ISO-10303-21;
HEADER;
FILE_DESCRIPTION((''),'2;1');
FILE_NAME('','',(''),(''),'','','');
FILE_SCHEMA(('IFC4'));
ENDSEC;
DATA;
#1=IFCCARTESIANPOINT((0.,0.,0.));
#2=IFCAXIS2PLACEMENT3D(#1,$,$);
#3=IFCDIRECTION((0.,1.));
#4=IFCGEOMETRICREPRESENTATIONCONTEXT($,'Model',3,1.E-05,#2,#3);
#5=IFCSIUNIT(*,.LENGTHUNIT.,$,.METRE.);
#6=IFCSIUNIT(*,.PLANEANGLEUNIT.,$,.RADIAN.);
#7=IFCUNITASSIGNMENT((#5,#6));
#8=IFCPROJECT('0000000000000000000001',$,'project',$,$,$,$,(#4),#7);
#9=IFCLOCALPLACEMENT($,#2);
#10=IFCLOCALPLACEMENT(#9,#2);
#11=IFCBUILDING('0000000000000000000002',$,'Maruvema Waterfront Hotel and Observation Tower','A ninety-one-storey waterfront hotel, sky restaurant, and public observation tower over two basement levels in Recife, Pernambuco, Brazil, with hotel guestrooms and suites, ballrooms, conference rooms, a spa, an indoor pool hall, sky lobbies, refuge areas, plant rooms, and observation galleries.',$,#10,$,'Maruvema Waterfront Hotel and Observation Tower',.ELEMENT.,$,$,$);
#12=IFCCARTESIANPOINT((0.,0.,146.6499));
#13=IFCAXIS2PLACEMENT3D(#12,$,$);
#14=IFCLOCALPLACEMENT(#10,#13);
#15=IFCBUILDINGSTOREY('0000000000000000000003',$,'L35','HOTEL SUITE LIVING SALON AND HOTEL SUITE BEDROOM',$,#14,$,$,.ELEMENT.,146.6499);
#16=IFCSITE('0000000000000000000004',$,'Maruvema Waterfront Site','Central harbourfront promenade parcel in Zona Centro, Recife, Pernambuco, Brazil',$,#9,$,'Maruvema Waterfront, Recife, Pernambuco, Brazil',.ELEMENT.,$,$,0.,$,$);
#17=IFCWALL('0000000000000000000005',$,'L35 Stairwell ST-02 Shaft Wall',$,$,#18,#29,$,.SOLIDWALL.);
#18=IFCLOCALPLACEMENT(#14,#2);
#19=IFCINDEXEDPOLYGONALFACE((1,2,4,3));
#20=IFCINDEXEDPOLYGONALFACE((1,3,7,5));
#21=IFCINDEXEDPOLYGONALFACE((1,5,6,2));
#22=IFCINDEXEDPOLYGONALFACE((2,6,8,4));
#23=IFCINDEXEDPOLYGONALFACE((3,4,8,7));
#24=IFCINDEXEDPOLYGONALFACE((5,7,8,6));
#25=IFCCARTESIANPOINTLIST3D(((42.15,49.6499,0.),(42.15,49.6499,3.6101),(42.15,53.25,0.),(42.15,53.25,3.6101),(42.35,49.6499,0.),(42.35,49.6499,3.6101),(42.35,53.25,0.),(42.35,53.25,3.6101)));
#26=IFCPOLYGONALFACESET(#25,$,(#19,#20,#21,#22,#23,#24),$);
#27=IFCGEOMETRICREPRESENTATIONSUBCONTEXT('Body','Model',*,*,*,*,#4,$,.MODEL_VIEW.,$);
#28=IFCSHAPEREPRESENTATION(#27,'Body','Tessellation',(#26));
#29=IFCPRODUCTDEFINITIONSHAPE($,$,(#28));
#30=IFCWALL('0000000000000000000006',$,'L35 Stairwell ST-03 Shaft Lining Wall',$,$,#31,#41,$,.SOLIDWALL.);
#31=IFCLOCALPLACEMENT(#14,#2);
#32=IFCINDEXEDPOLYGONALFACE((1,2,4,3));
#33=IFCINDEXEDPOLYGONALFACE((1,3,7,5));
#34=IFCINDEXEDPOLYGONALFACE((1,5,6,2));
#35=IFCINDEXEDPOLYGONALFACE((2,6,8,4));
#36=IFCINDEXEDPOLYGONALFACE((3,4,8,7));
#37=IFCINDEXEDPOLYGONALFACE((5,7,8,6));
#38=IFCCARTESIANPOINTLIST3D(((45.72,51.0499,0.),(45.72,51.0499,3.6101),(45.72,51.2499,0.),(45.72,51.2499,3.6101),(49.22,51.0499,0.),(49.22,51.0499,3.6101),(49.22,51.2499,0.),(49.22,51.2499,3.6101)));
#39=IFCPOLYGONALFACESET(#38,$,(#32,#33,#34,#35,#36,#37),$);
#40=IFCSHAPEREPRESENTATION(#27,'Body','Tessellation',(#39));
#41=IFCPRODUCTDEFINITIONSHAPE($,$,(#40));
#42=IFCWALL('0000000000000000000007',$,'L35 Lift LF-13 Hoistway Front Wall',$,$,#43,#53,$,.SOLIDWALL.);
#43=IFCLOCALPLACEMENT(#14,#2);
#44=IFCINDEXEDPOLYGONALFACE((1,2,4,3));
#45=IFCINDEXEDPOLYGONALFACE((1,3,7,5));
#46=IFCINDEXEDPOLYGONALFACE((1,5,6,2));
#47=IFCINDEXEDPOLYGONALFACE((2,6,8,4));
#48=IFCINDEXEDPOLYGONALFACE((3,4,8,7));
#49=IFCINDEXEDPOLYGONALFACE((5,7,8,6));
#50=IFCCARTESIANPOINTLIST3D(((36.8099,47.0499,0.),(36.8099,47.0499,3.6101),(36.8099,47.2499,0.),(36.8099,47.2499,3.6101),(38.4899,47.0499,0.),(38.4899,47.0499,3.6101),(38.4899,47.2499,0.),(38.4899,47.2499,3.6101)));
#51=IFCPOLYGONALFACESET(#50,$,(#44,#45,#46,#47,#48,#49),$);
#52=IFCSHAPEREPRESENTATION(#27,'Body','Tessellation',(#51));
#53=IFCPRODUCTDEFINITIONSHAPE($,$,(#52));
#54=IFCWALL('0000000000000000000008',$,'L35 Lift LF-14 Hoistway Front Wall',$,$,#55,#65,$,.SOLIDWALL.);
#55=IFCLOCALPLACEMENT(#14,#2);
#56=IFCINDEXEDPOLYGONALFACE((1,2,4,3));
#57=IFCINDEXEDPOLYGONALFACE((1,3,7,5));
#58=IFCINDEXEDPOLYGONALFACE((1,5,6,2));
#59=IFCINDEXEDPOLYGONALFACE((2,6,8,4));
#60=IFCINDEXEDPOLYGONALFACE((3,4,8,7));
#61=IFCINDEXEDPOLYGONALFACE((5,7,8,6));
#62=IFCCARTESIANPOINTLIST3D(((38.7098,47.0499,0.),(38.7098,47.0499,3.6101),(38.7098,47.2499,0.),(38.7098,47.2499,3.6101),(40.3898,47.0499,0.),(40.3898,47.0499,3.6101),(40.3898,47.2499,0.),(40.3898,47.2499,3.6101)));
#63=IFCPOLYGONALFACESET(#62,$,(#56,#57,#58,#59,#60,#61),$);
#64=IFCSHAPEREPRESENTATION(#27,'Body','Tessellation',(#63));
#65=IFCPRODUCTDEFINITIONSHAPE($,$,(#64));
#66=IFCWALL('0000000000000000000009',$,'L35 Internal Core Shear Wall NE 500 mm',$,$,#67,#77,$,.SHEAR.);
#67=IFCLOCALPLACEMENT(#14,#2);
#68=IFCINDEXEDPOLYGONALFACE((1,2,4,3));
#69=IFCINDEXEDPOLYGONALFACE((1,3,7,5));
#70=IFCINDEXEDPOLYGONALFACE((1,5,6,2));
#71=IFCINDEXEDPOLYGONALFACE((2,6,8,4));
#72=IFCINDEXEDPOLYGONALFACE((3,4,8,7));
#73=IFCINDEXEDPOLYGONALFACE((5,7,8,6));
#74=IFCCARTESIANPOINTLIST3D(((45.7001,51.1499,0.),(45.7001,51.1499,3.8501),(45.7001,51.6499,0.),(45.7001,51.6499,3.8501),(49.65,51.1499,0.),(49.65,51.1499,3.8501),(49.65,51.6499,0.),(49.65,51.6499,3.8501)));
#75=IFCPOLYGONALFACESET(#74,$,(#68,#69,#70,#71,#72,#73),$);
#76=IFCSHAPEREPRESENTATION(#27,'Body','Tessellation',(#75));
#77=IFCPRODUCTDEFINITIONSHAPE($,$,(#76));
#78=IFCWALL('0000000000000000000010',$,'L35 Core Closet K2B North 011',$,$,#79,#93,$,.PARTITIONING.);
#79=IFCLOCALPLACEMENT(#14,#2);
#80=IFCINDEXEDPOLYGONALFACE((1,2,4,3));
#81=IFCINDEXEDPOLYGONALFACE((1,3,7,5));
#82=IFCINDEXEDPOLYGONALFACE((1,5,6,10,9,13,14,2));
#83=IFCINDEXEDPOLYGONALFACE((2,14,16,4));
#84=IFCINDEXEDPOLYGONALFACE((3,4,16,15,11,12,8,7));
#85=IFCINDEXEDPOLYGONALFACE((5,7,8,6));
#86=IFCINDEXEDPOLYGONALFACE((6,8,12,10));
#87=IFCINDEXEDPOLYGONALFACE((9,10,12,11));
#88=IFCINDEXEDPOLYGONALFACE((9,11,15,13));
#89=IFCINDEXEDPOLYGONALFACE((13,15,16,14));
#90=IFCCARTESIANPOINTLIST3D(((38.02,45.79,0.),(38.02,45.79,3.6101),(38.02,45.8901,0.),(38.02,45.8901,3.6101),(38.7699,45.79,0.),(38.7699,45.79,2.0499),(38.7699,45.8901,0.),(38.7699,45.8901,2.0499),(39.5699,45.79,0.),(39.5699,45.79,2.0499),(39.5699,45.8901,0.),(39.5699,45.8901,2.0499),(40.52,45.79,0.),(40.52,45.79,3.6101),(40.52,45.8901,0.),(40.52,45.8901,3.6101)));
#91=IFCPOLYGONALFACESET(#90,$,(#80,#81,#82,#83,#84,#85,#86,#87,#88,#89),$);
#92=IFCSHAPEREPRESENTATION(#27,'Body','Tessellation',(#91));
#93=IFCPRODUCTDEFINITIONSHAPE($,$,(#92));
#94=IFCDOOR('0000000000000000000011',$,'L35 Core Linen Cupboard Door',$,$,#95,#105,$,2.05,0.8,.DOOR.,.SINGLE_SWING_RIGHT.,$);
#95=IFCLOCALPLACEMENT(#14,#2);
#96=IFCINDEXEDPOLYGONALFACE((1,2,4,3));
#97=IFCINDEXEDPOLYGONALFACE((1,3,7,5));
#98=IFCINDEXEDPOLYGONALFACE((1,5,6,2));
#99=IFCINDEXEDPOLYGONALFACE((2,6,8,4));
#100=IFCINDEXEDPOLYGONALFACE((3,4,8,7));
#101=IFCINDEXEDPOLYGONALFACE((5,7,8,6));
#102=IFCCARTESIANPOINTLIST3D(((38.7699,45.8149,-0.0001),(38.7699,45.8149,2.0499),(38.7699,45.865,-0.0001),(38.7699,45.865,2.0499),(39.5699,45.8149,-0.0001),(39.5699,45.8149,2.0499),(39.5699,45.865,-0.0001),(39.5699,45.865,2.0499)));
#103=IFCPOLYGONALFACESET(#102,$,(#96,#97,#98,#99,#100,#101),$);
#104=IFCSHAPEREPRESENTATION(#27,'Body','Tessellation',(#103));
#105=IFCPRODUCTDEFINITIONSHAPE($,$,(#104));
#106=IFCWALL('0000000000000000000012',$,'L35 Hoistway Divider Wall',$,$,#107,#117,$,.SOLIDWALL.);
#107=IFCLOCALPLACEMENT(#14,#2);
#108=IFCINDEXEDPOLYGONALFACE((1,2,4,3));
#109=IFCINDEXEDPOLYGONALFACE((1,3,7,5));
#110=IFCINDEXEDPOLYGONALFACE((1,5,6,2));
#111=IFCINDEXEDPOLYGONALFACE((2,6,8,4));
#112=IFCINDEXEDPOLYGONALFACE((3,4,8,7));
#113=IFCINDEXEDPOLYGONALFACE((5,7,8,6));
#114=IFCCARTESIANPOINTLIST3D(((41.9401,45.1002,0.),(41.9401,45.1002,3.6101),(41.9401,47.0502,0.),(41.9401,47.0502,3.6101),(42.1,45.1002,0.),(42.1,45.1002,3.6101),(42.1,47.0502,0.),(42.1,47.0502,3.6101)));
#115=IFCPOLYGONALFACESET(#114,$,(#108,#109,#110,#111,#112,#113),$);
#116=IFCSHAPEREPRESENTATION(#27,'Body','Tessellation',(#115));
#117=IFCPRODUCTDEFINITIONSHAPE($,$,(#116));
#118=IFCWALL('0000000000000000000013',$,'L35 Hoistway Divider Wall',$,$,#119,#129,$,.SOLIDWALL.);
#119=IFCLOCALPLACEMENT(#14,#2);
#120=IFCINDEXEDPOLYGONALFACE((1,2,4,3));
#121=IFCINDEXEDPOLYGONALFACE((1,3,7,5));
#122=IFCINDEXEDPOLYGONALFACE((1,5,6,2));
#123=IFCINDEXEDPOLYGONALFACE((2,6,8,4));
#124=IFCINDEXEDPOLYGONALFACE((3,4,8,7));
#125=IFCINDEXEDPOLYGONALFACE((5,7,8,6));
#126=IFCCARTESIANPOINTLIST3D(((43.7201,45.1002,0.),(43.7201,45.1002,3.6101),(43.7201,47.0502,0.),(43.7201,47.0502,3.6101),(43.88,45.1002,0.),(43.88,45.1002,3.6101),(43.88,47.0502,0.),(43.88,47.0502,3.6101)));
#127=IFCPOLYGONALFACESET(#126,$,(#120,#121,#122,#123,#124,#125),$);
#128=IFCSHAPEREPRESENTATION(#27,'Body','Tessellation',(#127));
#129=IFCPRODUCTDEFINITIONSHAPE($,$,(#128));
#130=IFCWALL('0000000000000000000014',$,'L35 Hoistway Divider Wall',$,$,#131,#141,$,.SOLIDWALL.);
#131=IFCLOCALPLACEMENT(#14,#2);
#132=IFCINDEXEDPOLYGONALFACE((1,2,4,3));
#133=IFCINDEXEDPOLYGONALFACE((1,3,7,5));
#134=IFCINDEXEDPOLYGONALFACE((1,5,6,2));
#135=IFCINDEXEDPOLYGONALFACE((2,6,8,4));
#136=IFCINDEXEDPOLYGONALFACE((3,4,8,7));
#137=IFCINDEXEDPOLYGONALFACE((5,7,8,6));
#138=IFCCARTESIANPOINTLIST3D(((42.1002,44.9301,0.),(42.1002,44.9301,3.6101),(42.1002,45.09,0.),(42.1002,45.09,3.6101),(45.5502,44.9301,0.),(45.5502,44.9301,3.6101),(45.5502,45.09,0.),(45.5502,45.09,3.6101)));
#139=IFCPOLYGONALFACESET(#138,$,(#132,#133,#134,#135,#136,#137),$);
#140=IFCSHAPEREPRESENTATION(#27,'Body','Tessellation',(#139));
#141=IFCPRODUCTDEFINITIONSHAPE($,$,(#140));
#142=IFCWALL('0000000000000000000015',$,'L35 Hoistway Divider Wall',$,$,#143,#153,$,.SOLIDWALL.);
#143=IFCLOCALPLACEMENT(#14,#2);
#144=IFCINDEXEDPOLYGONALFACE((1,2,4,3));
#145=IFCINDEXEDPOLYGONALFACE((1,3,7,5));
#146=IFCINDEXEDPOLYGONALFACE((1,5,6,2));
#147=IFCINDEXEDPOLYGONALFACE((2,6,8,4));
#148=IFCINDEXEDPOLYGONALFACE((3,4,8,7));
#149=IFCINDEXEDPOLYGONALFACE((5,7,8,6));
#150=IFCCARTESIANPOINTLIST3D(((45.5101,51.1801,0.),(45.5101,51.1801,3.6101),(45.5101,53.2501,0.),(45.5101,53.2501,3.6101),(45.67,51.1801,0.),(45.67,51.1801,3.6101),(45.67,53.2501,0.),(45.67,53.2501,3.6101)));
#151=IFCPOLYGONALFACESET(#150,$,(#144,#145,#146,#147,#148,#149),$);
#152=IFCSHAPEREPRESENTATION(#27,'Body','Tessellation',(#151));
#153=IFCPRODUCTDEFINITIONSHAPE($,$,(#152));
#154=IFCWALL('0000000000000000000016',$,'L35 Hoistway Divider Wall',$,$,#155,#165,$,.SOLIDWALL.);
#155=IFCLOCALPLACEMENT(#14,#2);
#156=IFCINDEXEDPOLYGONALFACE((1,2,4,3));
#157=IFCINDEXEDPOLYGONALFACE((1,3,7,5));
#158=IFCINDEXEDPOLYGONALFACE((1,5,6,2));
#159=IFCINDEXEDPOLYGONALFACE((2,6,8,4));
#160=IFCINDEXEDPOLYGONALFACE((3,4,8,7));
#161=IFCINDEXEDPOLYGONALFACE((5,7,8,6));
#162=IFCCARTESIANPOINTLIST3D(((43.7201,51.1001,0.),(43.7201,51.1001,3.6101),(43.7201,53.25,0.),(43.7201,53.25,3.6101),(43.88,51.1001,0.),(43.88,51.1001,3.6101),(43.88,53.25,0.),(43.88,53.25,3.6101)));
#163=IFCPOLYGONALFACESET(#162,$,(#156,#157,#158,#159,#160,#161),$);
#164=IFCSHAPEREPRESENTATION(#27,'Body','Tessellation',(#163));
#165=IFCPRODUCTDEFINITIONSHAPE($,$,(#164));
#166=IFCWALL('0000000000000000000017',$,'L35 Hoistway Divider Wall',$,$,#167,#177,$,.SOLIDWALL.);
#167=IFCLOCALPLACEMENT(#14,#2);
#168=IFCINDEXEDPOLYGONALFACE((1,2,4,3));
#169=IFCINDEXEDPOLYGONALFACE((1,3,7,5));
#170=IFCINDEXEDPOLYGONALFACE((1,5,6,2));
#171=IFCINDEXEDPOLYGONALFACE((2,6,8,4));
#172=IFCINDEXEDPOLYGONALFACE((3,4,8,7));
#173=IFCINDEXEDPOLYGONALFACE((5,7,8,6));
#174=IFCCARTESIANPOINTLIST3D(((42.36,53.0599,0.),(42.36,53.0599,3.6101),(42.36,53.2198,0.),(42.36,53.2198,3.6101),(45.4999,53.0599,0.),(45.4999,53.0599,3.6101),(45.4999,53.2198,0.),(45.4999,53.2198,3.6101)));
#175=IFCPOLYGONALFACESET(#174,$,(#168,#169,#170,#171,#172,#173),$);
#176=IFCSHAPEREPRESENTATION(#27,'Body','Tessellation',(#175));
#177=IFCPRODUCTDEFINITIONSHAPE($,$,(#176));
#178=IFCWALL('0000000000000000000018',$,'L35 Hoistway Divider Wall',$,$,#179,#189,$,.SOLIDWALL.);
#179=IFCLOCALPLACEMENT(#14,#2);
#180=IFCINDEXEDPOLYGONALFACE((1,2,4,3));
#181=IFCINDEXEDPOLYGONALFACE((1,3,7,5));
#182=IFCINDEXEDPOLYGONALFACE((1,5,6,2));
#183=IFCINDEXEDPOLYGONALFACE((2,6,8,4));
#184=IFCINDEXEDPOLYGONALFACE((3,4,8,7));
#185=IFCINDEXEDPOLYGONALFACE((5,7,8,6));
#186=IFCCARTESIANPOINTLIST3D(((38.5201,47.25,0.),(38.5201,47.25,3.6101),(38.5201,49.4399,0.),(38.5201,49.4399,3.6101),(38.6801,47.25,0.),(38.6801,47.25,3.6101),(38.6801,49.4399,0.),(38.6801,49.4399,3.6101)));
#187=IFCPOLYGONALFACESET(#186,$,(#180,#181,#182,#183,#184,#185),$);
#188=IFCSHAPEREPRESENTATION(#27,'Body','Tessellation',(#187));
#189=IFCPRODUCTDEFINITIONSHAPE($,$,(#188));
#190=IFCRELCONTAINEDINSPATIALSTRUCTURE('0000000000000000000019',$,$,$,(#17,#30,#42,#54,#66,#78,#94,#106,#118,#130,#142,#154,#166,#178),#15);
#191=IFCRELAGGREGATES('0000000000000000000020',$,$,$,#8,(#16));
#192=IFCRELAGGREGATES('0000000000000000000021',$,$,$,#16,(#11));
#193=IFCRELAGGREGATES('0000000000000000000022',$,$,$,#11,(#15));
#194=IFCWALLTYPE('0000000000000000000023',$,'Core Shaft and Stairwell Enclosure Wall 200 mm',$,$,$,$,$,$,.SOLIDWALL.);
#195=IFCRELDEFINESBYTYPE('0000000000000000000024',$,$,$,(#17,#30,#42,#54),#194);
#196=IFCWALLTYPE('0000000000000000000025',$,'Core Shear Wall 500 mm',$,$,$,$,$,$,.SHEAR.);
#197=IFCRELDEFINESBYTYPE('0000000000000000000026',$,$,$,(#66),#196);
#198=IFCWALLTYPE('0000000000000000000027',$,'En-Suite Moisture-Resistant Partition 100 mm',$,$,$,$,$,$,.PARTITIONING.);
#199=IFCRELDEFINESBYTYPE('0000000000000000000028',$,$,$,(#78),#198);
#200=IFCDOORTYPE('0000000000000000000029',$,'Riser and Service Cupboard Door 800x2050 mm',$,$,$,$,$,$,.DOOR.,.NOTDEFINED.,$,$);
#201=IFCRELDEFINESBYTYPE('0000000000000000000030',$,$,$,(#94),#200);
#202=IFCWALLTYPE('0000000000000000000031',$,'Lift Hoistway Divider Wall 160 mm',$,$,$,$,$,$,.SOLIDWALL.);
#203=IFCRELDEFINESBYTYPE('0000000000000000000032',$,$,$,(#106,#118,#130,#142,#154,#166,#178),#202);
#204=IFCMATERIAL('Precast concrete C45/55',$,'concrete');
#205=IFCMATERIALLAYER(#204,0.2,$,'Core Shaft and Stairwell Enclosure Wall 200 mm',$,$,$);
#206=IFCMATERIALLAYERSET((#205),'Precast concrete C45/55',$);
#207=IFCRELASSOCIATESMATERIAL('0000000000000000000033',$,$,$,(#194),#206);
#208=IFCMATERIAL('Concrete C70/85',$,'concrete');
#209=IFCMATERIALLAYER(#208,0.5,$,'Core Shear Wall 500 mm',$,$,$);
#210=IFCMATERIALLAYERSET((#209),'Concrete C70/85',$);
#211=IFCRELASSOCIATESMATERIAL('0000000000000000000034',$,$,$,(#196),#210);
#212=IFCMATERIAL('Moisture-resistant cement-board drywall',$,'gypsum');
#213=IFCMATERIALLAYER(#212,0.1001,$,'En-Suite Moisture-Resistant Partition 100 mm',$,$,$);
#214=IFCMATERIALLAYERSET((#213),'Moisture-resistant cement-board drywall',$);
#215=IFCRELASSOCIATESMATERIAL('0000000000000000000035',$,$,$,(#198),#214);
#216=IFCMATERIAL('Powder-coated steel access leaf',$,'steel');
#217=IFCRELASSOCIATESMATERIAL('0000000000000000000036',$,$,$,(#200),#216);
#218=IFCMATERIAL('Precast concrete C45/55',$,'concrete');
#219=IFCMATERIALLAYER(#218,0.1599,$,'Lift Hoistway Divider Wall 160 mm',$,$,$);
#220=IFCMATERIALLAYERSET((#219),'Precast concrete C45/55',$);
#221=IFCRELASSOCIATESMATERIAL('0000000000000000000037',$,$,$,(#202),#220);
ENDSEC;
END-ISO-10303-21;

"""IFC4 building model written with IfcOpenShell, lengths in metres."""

from ifc_helpers import new_model, si_unit, direction, frame, frame_2d, origin, place, context, subcontext, project, spatial, rectangle, extrude, material, layer, layer_set, type_object, element, fill, save


model = new_model("IFC4")

# Units and contexts
model_context = context("Model", 3, precision=1e-05, world=origin(), true_north=direction((0.0, 1.0)))
body_context = subcontext(model_context, "Body", "Model", "MODEL_VIEW")
ifc_project = project(units=[si_unit("LENGTHUNIT", "METRE"), si_unit("PLANEANGLEUNIT", "RADIAN")], contexts=[model_context])

# Site, building, storey
site_placement = place(None, origin())
site = spatial("IfcSite", under=ifc_project, at=site_placement, Name="Maruvema Waterfront Site", Description="Central harbourfront promenade parcel in Zona Centro, Recife, Pernambuco, Brazil", LongName="Maruvema Waterfront, Recife, Pernambuco, Brazil", CompositionType="ELEMENT", RefElevation=0.0)
building_placement = place(site_placement, origin())
building = spatial("IfcBuilding", under=site, at=building_placement, Name="Maruvema Waterfront Hotel and Observation Tower", Description="A ninety-one-storey waterfront hotel, sky restaurant, and public observation tower over two basement levels in Recife, Pernambuco, Brazil, with hotel guestrooms and suites, ballrooms, conference rooms, a spa, an indoor pool hall, sky lobbies, refuge areas, plant rooms, and observation galleries.", LongName="Maruvema Waterfront Hotel and Observation Tower", CompositionType="ELEMENT")
storey_placement = place(building_placement, frame((0.0, 0.0, 146.6499)))
storey = spatial("IfcBuildingStorey", under=building, at=storey_placement, Name="L35", Description="HOTEL SUITE LIVING SALON AND HOTEL SUITE BEDROOM", CompositionType="ELEMENT", Elevation=146.6499)

# Walls
ifc_material_1 = material(Name="Precast concrete C45/55", Category="concrete")
ifc_layer_1 = layer(ifc_material_1, 0.2, Name="Core Shaft and Stairwell Enclosure Wall 200 mm")
ifc_layer_set_1 = layer_set([ifc_layer_1], Name="Precast concrete C45/55")
wall_type_1 = type_object("IfcWallType", Name="Core Shaft and Stairwell Enclosure Wall 200 mm", PredefinedType="SOLIDWALL", material=ifc_layer_set_1)
wall_1_placement = place(storey_placement, frame((42.25, 49.6499, 0.0), z_axis=(0.0, 0.0, 1.0), x_axis=(0.0, 1.0, 0.0)))
element("IfcWall", 1, at=wall_1_placement, inside=storey, type_object=wall_type_1, Name="L35 Stairwell ST-02 Shaft Wall", PredefinedType="SOLIDWALL", context=body_context, shape_type="SweptSolid", body=[
    extrude(rectangle(XDim=3.6001, YDim=0.2, at=frame_2d((1.8, 0.0))), origin(), (0.0, 0.0, 1.0), 3.6101),
])
wall_2_placement = place(storey_placement, frame((45.72, 51.1499, 0.0), z_axis=(0.0, 0.0, 1.0), x_axis=(1.0, 0.0, 0.0)))
element("IfcWall", 2, at=wall_2_placement, inside=storey, type_object=wall_type_1, Name="L35 Stairwell ST-03 Shaft Lining Wall", PredefinedType="SOLIDWALL", context=body_context, shape_type="SweptSolid", body=[
    extrude(rectangle(XDim=3.5, YDim=0.2, at=frame_2d((1.75, 0.0))), origin(), (0.0, 0.0, 1.0), 3.6101),
])

# Walls
for number, where, z_axis, x_axis, name in (
    (3, (36.8101, 47.1499, 0.0), (0.0, 0.0, 1.0), (1.0, 0.0, 0.0), "L35 Lift LF-13 Hoistway Front Wall"),
    (4, (38.71, 47.1499, 0.0), (0.0, 0.0, 1.0), (1.0, 0.0, 0.0), "L35 Lift LF-14 Hoistway Front Wall"),
):
    element("IfcWall", number, at=place(storey_placement, frame(where, z_axis=z_axis, x_axis=x_axis)), inside=storey, type_object=wall_type_1, Name=name, PredefinedType="SOLIDWALL", context=body_context, shape_type="SweptSolid", body=[
        extrude(rectangle(XDim=1.6799, YDim=0.2, at=frame_2d((0.8398, 0.0))), origin(), (0.0, 0.0, 1.0), 3.6101),
    ])
ifc_material_2 = material(Name="Concrete C70/85", Category="concrete")
ifc_layer_2 = layer(ifc_material_2, 0.5, Name="Core Shear Wall 500 mm")
ifc_layer_set_2 = layer_set([ifc_layer_2], Name="Concrete C70/85")
wall_type_2 = type_object("IfcWallType", Name="Core Shear Wall 500 mm", PredefinedType="SHEAR", material=ifc_layer_set_2)
wall_3_placement = place(storey_placement, frame((45.7, 51.3999, 0.0), z_axis=(0.0, 0.0, 1.0), x_axis=(1.0, 0.0, 0.0)))
element("IfcWall", 5, at=wall_3_placement, inside=storey, type_object=wall_type_2, Name="L35 Internal Core Shear Wall NE 500 mm", PredefinedType="SHEAR", context=body_context, shape_type="SweptSolid", body=[
    extrude(rectangle(XDim=3.95, YDim=0.5, at=frame_2d((1.9751, 0.0))), origin(), (0.0, 0.0, 1.0), 3.8501),
])

# Wall, opening, door
ifc_material_3 = material(Name="Moisture-resistant cement-board drywall", Category="gypsum")
ifc_layer_3 = layer(ifc_material_3, 0.1001, Name="En-Suite Moisture-Resistant Partition 100 mm")
ifc_layer_set_3 = layer_set([ifc_layer_3], Name="Moisture-resistant cement-board drywall")
wall_type_3 = type_object("IfcWallType", Name="En-Suite Moisture-Resistant Partition 100 mm", PredefinedType="PARTITIONING", material=ifc_layer_set_3)
wall_4_placement = place(storey_placement, frame((38.02, 45.8401, 0.0), z_axis=(0.0, 0.0, 1.0), x_axis=(1.0, 0.0, 0.0)))
wall_4 = element("IfcWall", 6, at=wall_4_placement, inside=storey, type_object=wall_type_3, Name="L35 Core Closet K2B North 011", PredefinedType="PARTITIONING", context=body_context, shape_type="SweptSolid", body=[
    extrude(rectangle(XDim=2.5, YDim=0.1001, at=frame_2d((1.25, 0.0))), origin(), (0.0, 0.0, 1.0), 3.6101),
])
opening_1_placement = place(wall_4_placement, frame((0.75, 0.0, 0.0)))
opening_1 = element("IfcOpeningElement", 7, at=opening_1_placement, cuts=wall_4, PredefinedType="OPENING", context=body_context, shape_type="SweptSolid", body=[
    extrude(rectangle(XDim=0.8, YDim=2.05, at=frame_2d((0.3999, 1.0249))), frame((0.0, 0.0601, 0.0), z_axis=(0.0, -1.0, 0.0), x_axis=(1.0, 0.0, 0.0)), (0.0, 0.0, 1.0), 0.1201),
])
ifc_material_4 = material(Name="Powder-coated steel access leaf", Category="steel")
door_type_1 = type_object("IfcDoorType", Name="Riser and Service Cupboard Door 800x2050 mm", OperationType="NOTDEFINED", PredefinedType="DOOR", material=ifc_material_4)
door_1_placement = place(opening_1_placement, origin())
door_1 = element("IfcDoor", 8, at=door_1_placement, inside=storey, type_object=door_type_1, Name="L35 Core Linen Cupboard Door", OperationType="SINGLE_SWING_RIGHT", OverallHeight=2.05, OverallWidth=0.8, PredefinedType="DOOR", context=body_context, shape_type="SweptSolid", body=[
    extrude(rectangle(XDim=0.8, YDim=2.05, at=frame_2d((0.3999, 1.0249))), frame((0.0, 0.0249, 0.0), z_axis=(0.0, -1.0, 0.0), x_axis=(1.0, 0.0, 0.0)), (0.0, 0.0, 1.0), 0.05),
])
fill(opening_1, door_1)

# Walls
ifc_material_5 = material(Name="Precast concrete C45/55", Category="concrete")
ifc_layer_4 = layer(ifc_material_5, 0.1599, Name="Lift Hoistway Divider Wall 160 mm")
ifc_layer_set_4 = layer_set([ifc_layer_4], Name="Precast concrete C45/55")
wall_type_4 = type_object("IfcWallType", Name="Lift Hoistway Divider Wall 160 mm", PredefinedType="SOLIDWALL", material=ifc_layer_set_4)
for number, where, z_axis, x_axis, name in (
    (9, (42.02, 45.1001, 0.0), (0.0, 0.0, 1.0), (0.0, 1.0, 0.0), "L35 Hoistway Divider Wall"),
    (10, (43.8, 45.1001, 0.0), (0.0, 0.0, 1.0), (0.0, 1.0, 0.0), "L35 Hoistway Divider Wall"),
):
    element("IfcWall", number, at=place(storey_placement, frame(where, z_axis=z_axis, x_axis=x_axis)), inside=storey, type_object=wall_type_4, Name=name, PredefinedType="SOLIDWALL", context=body_context, shape_type="SweptSolid", body=[
        extrude(rectangle(XDim=1.95, YDim=0.1599, at=frame_2d((0.9751, 0.0))), origin(), (0.0, 0.0, 1.0), 3.6101),
    ])
wall_5_placement = place(storey_placement, frame((42.1001, 45.01, 0.0), z_axis=(0.0, 0.0, 1.0), x_axis=(1.0, 0.0, 0.0)))
element("IfcWall", 11, at=wall_5_placement, inside=storey, type_object=wall_type_4, Name="L35 Hoistway Divider Wall", PredefinedType="SOLIDWALL", context=body_context, shape_type="SweptSolid", body=[
    extrude(rectangle(XDim=3.45, YDim=0.1599, at=frame_2d((1.7251, 0.0))), origin(), (0.0, 0.0, 1.0), 3.6101),
])
wall_6_placement = place(storey_placement, frame((45.5901, 51.1799, 0.0), z_axis=(0.0, 0.0, 1.0), x_axis=(0.0, 1.0, 0.0)))
element("IfcWall", 12, at=wall_6_placement, inside=storey, type_object=wall_type_4, Name="L35 Hoistway Divider Wall", PredefinedType="SOLIDWALL", context=body_context, shape_type="SweptSolid", body=[
    extrude(rectangle(XDim=2.0701, YDim=0.1599, at=frame_2d((1.0352, 0.0))), origin(), (0.0, 0.0, 1.0), 3.6101),
])
wall_7_placement = place(storey_placement, frame((43.8, 51.1001, 0.0), z_axis=(0.0, 0.0, 1.0), x_axis=(0.0, 1.0, 0.0)))
element("IfcWall", 13, at=wall_7_placement, inside=storey, type_object=wall_type_4, Name="L35 Hoistway Divider Wall", PredefinedType="SOLIDWALL", context=body_context, shape_type="SweptSolid", body=[
    extrude(rectangle(XDim=2.1499, YDim=0.1599, at=frame_2d((1.075, 0.0))), origin(), (0.0, 0.0, 1.0), 3.6101),
])
wall_8_placement = place(storey_placement, frame((42.3601, 53.1399, 0.0), z_axis=(0.0, 0.0, 1.0), x_axis=(1.0, 0.0, 0.0)))
element("IfcWall", 14, at=wall_8_placement, inside=storey, type_object=wall_type_4, Name="L35 Hoistway Divider Wall", PredefinedType="SOLIDWALL", context=body_context, shape_type="SweptSolid", body=[
    extrude(rectangle(XDim=3.1399, YDim=0.1599, at=frame_2d((1.5698, 0.0))), origin(), (0.0, 0.0, 1.0), 3.6101),
])
for number, where, z_axis, x_axis, name in (
    (15, (38.6001, 47.25, 0.0), (0.0, 0.0, 1.0), (0.0, 1.0, 0.0), "L35 Hoistway Divider Wall"),
):
    element("IfcWall", number, at=place(storey_placement, frame(where, z_axis=z_axis, x_axis=x_axis)), inside=storey, type_object=wall_type_4, Name=name, PredefinedType="SOLIDWALL", context=body_context, shape_type="SweptSolid", body=[
        extrude(rectangle(XDim=2.1899, YDim=0.1599, at=frame_2d((1.095, 0.0))), origin(), (0.0, 0.0, 1.0), 3.6101),
    ])

save(model, "model.ifc")
